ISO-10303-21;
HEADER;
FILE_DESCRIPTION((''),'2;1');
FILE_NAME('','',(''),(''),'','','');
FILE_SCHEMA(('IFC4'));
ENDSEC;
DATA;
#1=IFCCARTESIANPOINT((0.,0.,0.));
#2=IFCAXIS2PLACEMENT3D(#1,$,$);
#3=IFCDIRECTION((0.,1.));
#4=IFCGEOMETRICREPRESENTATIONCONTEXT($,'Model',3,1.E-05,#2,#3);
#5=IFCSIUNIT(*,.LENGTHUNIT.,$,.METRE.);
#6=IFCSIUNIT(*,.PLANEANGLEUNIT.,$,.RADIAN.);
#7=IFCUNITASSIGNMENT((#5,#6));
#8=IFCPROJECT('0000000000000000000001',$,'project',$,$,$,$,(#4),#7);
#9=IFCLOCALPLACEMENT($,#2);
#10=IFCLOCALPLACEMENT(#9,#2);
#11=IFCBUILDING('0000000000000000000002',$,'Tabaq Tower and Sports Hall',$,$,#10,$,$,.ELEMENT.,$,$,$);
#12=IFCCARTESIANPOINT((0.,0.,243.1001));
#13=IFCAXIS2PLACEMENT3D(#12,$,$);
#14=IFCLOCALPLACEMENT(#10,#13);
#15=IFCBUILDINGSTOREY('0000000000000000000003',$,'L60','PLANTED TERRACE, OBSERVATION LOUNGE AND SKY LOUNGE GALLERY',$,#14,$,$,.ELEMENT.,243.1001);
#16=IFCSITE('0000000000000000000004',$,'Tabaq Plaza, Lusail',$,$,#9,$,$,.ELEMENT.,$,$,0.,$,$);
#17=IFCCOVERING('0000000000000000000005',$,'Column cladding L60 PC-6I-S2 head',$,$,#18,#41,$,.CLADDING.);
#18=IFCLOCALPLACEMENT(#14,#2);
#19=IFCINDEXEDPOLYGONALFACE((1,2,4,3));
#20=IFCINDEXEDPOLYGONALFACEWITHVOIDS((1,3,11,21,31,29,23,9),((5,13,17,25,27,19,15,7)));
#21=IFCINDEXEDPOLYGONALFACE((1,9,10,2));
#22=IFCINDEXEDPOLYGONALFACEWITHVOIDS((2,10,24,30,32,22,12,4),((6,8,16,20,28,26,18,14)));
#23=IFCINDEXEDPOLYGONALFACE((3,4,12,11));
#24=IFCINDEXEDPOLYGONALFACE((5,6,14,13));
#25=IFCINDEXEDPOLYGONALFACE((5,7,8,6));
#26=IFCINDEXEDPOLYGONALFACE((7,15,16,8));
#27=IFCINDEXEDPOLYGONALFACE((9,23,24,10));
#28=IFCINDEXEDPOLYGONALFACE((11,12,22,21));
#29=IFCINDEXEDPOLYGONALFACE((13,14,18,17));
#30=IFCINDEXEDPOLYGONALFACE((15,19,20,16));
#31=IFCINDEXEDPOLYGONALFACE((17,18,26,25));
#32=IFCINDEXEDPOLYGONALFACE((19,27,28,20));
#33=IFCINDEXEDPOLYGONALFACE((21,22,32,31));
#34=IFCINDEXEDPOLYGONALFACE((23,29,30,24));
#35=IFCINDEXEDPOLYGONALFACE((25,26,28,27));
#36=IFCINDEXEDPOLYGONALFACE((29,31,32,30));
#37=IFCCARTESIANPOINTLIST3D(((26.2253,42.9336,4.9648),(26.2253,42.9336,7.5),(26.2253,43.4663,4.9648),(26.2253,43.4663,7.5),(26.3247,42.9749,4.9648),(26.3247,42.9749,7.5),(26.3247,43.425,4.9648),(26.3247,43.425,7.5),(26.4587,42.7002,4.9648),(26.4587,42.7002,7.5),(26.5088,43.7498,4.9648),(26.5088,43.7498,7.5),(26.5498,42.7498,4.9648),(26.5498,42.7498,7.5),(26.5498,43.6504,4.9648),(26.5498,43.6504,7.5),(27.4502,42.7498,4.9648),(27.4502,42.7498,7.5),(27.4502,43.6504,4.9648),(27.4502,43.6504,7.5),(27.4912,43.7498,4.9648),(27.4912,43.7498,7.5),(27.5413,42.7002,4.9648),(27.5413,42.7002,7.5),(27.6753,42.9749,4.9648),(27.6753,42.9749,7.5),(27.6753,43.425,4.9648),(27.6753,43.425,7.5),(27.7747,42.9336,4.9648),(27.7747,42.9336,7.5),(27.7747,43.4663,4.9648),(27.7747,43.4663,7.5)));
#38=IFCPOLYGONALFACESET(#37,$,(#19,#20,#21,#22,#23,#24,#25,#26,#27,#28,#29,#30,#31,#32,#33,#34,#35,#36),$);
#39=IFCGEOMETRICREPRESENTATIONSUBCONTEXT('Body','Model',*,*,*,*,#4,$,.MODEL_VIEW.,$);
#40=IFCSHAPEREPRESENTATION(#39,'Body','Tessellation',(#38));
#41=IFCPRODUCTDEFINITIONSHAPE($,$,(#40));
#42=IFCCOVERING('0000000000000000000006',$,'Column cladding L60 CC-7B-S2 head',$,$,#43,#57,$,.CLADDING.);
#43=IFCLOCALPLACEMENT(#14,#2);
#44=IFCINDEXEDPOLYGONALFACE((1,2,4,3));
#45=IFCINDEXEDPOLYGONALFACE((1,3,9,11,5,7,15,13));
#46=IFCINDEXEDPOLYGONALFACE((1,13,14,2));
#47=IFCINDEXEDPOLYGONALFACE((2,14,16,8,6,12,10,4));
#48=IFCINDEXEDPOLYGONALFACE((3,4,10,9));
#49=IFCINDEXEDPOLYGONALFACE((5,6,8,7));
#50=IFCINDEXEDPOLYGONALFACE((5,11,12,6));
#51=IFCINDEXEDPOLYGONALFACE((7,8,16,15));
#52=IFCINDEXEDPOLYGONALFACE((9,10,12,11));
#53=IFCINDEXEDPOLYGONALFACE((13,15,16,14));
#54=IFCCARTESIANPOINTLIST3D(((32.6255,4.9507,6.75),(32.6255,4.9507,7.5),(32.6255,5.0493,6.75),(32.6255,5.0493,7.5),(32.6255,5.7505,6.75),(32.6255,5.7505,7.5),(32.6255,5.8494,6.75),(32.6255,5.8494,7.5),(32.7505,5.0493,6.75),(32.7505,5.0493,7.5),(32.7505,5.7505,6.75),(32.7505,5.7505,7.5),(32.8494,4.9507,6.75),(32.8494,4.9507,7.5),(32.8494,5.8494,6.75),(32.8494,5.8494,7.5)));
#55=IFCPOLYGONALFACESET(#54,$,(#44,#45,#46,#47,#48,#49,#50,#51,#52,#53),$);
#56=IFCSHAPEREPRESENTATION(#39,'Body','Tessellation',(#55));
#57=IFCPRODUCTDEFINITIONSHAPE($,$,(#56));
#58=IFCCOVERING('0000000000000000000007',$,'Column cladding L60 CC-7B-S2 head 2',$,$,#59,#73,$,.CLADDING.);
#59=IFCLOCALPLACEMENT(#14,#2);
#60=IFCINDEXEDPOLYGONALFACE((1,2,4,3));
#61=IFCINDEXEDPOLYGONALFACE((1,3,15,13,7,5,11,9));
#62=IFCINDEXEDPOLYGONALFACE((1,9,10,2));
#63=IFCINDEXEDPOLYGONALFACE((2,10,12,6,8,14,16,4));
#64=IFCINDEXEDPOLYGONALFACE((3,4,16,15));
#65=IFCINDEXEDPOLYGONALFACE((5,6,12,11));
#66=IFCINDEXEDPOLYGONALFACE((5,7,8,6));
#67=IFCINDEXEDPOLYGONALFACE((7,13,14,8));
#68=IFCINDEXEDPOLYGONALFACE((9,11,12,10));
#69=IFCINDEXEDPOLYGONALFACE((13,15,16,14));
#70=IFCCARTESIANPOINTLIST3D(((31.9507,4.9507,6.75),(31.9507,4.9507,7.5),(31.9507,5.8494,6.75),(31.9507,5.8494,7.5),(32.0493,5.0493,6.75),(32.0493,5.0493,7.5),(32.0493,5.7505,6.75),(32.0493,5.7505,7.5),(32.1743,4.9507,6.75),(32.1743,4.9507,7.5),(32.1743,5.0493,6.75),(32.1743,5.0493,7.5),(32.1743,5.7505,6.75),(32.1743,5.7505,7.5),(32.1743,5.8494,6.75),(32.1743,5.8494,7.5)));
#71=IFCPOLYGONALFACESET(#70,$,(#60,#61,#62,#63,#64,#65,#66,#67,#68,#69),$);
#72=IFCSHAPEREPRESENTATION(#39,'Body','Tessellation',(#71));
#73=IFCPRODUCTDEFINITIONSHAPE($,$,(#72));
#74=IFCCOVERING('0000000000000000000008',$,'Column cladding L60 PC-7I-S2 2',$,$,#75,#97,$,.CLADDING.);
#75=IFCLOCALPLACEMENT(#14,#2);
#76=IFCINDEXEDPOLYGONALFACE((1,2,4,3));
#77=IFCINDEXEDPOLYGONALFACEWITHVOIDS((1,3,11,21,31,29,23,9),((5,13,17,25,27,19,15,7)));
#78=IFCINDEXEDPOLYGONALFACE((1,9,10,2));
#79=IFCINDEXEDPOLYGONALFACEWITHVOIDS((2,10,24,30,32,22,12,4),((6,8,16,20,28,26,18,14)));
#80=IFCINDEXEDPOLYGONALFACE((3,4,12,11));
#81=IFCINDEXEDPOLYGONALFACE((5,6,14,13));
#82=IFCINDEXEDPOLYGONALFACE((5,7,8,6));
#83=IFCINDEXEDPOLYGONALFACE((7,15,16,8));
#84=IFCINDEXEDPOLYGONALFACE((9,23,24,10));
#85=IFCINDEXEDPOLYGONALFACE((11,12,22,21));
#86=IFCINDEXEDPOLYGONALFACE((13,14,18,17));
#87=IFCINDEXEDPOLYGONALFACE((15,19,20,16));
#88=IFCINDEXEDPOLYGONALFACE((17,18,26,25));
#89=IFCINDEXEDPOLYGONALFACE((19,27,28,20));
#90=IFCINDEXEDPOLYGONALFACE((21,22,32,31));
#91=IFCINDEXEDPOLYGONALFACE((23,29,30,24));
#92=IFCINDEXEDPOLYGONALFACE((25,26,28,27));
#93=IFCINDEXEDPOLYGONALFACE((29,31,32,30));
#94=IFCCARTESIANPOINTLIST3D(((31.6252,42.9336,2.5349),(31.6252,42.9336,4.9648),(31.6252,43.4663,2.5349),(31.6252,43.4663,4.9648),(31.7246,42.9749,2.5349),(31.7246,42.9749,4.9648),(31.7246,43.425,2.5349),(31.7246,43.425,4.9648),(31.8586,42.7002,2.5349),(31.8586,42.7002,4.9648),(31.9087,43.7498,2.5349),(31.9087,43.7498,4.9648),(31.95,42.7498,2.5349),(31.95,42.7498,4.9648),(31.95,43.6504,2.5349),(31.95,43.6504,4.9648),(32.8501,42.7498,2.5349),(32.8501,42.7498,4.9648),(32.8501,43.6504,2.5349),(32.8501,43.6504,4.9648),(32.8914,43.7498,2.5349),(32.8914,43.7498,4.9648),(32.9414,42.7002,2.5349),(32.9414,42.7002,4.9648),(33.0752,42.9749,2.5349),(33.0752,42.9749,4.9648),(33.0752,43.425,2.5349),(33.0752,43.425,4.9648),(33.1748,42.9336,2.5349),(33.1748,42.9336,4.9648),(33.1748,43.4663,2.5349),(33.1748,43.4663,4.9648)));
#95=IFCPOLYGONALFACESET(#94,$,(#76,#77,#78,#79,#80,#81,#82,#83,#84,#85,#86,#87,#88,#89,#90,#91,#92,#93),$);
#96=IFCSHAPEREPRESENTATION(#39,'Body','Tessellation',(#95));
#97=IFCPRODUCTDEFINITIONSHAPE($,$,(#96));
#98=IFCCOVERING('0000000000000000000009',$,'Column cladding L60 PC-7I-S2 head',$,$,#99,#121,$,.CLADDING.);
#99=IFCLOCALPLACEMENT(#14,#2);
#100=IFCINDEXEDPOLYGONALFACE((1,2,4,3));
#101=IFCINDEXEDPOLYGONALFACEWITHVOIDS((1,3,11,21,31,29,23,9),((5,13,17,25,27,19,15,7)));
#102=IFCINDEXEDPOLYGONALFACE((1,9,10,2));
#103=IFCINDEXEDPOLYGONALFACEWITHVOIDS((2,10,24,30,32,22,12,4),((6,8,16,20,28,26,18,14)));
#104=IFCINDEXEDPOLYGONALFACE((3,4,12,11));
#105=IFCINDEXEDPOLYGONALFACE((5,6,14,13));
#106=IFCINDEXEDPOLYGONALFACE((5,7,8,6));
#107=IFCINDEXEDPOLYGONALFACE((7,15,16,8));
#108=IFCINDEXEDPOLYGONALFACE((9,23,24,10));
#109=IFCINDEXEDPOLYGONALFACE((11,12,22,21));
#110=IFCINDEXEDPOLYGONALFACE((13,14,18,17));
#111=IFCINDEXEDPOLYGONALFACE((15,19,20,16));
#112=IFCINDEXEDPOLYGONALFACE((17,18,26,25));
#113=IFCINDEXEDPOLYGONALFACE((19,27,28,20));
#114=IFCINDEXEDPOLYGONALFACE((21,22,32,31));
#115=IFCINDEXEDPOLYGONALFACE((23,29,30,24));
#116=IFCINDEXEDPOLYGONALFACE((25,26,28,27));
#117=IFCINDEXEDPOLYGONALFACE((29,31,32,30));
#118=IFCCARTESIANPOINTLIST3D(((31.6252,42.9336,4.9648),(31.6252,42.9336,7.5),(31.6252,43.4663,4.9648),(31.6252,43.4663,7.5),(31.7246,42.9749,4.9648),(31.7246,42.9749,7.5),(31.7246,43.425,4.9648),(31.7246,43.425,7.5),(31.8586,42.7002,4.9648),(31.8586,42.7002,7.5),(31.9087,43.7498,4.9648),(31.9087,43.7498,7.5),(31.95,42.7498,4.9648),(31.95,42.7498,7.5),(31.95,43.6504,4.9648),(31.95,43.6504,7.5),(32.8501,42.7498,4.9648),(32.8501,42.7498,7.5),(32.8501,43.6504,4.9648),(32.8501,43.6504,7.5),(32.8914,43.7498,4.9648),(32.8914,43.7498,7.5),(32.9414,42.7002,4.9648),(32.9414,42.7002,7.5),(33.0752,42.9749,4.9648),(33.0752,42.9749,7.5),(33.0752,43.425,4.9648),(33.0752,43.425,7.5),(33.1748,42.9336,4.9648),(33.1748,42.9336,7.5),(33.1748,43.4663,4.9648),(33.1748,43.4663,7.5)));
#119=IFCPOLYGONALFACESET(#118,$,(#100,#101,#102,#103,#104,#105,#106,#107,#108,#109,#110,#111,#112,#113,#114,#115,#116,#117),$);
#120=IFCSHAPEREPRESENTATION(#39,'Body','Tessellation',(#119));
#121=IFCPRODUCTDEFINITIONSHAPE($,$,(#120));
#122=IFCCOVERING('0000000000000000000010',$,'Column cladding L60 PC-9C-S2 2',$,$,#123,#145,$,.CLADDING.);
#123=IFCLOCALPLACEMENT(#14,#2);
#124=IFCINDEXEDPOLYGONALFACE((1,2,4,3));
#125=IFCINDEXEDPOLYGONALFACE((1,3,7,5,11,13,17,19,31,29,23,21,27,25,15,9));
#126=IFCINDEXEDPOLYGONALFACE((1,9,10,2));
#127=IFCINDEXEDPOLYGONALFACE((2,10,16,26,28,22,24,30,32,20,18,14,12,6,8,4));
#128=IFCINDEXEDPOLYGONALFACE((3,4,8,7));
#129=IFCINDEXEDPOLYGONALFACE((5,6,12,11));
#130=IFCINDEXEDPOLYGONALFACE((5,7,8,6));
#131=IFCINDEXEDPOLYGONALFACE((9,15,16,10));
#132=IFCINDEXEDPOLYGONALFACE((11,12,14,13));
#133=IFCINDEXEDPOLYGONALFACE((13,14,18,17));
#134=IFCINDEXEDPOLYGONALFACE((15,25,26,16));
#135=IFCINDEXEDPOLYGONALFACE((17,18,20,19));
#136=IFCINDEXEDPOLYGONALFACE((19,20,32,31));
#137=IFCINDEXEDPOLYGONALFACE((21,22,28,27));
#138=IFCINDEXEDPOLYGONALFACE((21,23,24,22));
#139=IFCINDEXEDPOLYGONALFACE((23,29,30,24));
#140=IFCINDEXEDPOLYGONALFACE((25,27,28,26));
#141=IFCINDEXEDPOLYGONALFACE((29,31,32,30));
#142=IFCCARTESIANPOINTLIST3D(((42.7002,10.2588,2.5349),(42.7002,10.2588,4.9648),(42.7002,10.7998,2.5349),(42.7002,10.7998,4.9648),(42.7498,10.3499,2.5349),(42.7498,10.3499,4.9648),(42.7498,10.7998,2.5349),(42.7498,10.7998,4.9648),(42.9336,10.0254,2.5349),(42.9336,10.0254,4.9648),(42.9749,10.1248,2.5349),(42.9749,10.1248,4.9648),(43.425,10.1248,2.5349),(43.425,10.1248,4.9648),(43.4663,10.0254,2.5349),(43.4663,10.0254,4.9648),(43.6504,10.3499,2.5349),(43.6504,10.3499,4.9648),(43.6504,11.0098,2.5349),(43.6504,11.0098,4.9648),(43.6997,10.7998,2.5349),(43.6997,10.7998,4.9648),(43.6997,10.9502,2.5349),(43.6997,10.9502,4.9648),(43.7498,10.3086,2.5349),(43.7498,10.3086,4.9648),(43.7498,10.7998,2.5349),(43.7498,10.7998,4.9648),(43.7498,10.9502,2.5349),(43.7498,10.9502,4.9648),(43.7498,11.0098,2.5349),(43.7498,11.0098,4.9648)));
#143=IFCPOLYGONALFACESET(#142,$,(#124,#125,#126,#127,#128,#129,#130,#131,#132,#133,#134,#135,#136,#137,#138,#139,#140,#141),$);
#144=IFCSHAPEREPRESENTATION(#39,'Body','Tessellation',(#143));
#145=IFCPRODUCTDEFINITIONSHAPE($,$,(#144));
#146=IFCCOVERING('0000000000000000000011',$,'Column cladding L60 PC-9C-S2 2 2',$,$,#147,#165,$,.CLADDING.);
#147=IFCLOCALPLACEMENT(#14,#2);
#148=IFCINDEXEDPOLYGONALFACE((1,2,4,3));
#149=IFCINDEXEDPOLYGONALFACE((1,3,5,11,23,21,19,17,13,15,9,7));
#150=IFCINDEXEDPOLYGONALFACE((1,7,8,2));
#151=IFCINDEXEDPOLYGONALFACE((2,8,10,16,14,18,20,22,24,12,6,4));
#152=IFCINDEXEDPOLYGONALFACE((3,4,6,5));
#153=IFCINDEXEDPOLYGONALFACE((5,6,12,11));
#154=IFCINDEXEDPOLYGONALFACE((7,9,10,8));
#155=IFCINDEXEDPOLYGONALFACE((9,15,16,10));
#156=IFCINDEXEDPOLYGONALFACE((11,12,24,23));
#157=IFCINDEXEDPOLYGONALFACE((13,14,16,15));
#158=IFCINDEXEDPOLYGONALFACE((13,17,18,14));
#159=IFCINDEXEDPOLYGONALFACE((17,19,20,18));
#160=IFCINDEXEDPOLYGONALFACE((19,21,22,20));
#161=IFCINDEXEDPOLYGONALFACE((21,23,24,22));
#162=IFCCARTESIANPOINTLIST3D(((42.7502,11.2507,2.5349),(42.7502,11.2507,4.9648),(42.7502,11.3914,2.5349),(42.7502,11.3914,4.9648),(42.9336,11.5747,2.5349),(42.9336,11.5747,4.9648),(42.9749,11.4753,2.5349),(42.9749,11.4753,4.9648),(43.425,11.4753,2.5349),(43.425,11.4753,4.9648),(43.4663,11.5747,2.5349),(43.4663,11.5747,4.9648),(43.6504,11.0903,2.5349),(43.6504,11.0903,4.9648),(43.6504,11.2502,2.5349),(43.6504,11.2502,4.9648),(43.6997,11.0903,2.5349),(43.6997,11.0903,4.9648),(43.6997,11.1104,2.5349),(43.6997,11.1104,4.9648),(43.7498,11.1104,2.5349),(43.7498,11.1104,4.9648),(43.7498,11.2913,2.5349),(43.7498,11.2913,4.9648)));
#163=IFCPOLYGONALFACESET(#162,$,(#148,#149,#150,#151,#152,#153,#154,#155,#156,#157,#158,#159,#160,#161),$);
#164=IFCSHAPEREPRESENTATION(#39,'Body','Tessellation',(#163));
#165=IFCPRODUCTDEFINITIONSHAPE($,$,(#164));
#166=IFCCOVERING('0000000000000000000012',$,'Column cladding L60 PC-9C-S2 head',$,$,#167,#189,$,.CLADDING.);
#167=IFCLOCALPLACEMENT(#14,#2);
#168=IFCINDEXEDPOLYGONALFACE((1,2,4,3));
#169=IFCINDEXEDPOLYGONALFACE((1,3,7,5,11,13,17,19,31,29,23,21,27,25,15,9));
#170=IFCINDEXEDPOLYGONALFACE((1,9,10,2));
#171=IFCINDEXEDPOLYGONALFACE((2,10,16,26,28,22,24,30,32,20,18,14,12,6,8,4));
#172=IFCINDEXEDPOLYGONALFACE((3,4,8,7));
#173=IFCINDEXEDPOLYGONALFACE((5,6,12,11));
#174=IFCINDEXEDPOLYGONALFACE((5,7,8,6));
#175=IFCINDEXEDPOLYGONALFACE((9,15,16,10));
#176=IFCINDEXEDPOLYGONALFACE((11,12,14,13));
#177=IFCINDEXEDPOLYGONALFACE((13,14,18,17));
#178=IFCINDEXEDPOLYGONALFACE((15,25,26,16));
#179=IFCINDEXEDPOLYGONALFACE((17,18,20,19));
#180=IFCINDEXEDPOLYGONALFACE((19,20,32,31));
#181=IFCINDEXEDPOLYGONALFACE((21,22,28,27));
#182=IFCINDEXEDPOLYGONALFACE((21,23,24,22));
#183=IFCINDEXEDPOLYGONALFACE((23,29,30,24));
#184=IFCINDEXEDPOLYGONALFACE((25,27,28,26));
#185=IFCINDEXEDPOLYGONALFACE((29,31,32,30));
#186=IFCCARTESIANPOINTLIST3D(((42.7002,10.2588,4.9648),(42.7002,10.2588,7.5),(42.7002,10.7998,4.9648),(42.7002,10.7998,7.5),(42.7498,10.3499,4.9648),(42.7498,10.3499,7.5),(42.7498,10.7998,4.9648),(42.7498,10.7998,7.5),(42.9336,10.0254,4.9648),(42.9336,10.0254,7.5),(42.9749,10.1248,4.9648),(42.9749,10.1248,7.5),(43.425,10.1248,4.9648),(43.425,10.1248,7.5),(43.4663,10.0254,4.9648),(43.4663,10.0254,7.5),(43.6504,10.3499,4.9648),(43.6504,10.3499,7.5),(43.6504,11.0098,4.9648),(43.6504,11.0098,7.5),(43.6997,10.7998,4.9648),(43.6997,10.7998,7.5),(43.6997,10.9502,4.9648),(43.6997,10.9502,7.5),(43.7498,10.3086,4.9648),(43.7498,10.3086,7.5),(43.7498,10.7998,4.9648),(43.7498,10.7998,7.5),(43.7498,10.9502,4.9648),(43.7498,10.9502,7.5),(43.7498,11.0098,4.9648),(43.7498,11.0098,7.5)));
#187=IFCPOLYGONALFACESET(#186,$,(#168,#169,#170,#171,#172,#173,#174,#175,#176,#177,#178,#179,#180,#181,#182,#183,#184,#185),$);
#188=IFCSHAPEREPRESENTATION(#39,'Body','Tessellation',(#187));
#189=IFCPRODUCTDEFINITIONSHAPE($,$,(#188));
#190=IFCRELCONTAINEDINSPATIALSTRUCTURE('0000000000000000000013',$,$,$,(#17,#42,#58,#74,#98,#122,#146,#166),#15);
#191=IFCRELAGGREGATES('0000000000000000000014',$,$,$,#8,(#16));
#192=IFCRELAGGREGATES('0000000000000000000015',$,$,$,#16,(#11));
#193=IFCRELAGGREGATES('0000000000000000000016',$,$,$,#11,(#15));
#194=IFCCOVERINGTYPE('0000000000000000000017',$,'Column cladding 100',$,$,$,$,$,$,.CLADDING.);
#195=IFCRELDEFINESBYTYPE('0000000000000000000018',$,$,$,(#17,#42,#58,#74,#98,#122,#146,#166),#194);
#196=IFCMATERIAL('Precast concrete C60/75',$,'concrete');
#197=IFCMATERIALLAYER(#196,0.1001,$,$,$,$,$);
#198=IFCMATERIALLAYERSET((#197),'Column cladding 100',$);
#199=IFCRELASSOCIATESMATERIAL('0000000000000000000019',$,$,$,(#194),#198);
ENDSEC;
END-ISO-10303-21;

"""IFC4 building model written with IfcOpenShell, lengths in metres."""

from ifc_helpers import new_model, si_unit, direction, frame, origin, place, context, subcontext, project, spatial, polyline, outline, extrude, material, layer, layer_set, type_object, element, save


model = new_model("IFC4")

# Units and contexts
model_context = context("Model", 3, precision=1e-05, world=origin(), true_north=direction((0.0, 1.0)))
body_context = subcontext(model_context, "Body", "Model", "MODEL_VIEW")
ifc_project = project(units=[si_unit("LENGTHUNIT", "METRE"), si_unit("PLANEANGLEUNIT", "RADIAN")], contexts=[model_context])

# Site, building, storey
site_placement = place(None, origin())
site = spatial("IfcSite", under=ifc_project, at=site_placement, Name="Tabaq Plaza, Lusail", CompositionType="ELEMENT", RefElevation=0.0)
building_placement = place(site_placement, origin())
building = spatial("IfcBuilding", under=site, at=building_placement, Name="Tabaq Tower and Sports Hall", CompositionType="ELEMENT")
storey_placement = place(building_placement, frame((0.0, 0.0, 243.1001)))
storey = spatial("IfcBuildingStorey", under=building, at=storey_placement, Name="L60", Description="PLANTED TERRACE, OBSERVATION LOUNGE AND SKY LOUNGE GALLERY", CompositionType="ELEMENT", Elevation=243.1001)

# Coverings
ifc_material_1 = material(Name="Precast concrete C60/75", Category="concrete")
ifc_layer_1 = layer(ifc_material_1, 0.1001)
ifc_layer_set_1 = layer_set([ifc_layer_1], Name="Column cladding 100")
covering_type = type_object("IfcCoveringType", Name="Column cladding 100", PredefinedType="CLADDING", material=ifc_layer_set_1)
covering_1_placement = place(storey_placement, frame((0.0, 0.0, 4.9648)))
element("IfcCovering", 1, at=covering_1_placement, inside=storey, type_object=covering_type, Name="Column cladding L60 PC-6I-S2 head", PredefinedType="CLADDING", context=body_context, shape_type="SweptSolid", body=[
    extrude(outline(polyline([(26.5088, 43.7498), (27.4912, 43.7498), (27.7747, 43.4663), (27.7747, 42.9336), (27.5413, 42.7002), (26.4587, 42.7002), (26.2253, 42.9336), (26.2253, 43.4663), (26.5088, 43.7498)]), holes=[polyline([(27.6753, 43.425), (27.4502, 43.6504), (26.5498, 43.6504), (26.3247, 43.425), (26.3247, 42.9749), (26.5498, 42.7498), (27.4502, 42.7498), (27.6753, 42.9749), (27.6753, 43.425)])]), origin(), (0.0, 0.0, 1.0), 2.5352),
])
covering_2_placement = place(storey_placement, frame((0.0, 0.0, 6.75)))
element("IfcCovering", 2, at=covering_2_placement, inside=storey, type_object=covering_type, Name="Column cladding L60 CC-7B-S2 head", PredefinedType="CLADDING", context=body_context, shape_type="SweptSolid", body=[
    extrude(outline(polyline([(32.6255, 5.0493), (32.7505, 5.0493), (32.7505, 5.7505), (32.6255, 5.7505), (32.6255, 5.8494), (32.8494, 5.8494), (32.8494, 4.9507), (32.6255, 4.9507), (32.6255, 5.0493)])), origin(), (0.0, 0.0, 1.0), 0.75),
])
covering_3_placement = place(storey_placement, frame((0.0, 0.0, 6.75)))
element("IfcCovering", 3, at=covering_3_placement, inside=storey, type_object=covering_type, Name="Column cladding L60 CC-7B-S2 head 2", PredefinedType="CLADDING", context=body_context, shape_type="SweptSolid", body=[
    extrude(outline(polyline([(32.1743, 5.0493), (32.1743, 4.9507), (31.9507, 4.9507), (31.9507, 5.8494), (32.1743, 5.8494), (32.1743, 5.7505), (32.0493, 5.7505), (32.0493, 5.0493), (32.1743, 5.0493)])), origin(), (0.0, 0.0, 1.0), 0.75),
])
covering_4_placement = place(storey_placement, frame((0.0, 0.0, 2.5349)))
element("IfcCovering", 4, at=covering_4_placement, inside=storey, type_object=covering_type, Name="Column cladding L60 PC-7I-S2 2", PredefinedType="CLADDING", context=body_context, shape_type="SweptSolid", body=[
    extrude(outline(polyline([(31.6252, 43.4663), (31.9087, 43.7498), (32.8914, 43.7498), (33.1748, 43.4663), (33.1748, 42.9336), (32.9414, 42.7002), (31.8586, 42.7002), (31.6252, 42.9336), (31.6252, 43.4663)]), holes=[polyline([(33.0752, 42.9749), (33.0752, 43.425), (32.8501, 43.6504), (31.95, 43.6504), (31.7246, 43.425), (31.7246, 42.9749), (31.95, 42.7498), (32.8501, 42.7498), (33.0752, 42.9749)])]), origin(), (0.0, 0.0, 1.0), 2.4299),
])
covering_5_placement = place(storey_placement, frame((0.0, 0.0, 4.9648)))
element("IfcCovering", 5, at=covering_5_placement, inside=storey, type_object=covering_type, Name="Column cladding L60 PC-7I-S2 head", PredefinedType="CLADDING", context=body_context, shape_type="SweptSolid", body=[
    extrude(outline(polyline([(31.9087, 43.7498), (32.8914, 43.7498), (33.1748, 43.4663), (33.1748, 42.9336), (32.9414, 42.7002), (31.8586, 42.7002), (31.6252, 42.9336), (31.6252, 43.4663), (31.9087, 43.7498)]), holes=[polyline([(33.0752, 43.425), (32.8501, 43.6504), (31.95, 43.6504), (31.7246, 43.425), (31.7246, 42.9749), (31.95, 42.7498), (32.8501, 42.7498), (33.0752, 42.9749), (33.0752, 43.425)])]), origin(), (0.0, 0.0, 1.0), 2.5352),
])
covering_6_placement = place(storey_placement, frame((0.0, 0.0, 2.5349)))
element("IfcCovering", 6, at=covering_6_placement, inside=storey, type_object=covering_type, Name="Column cladding L60 PC-9C-S2 2", PredefinedType="CLADDING", context=body_context, shape_type="SweptSolid", body=[
    extrude(outline(polyline([(42.9336, 10.0254), (42.7002, 10.2588), (42.7002, 10.7998), (42.7498, 10.7998), (42.7498, 10.3499), (42.9749, 10.1248), (43.425, 10.1248), (43.6504, 10.3499), (43.6504, 11.0098), (43.7498, 11.0098), (43.7498, 10.9502), (43.6997, 10.9502), (43.6997, 10.7998), (43.7498, 10.7998), (43.7498, 10.3086), (43.4663, 10.0254), (42.9336, 10.0254)])), origin(), (0.0, 0.0, 1.0), 2.4299),
])
covering_7_placement = place(storey_placement, frame((0.0, 0.0, 2.5349)))
element("IfcCovering", 7, at=covering_7_placement, inside=storey, type_object=covering_type, Name="Column cladding L60 PC-9C-S2 2 2", PredefinedType="CLADDING", context=body_context, shape_type="SweptSolid", body=[
    extrude(outline(polyline([(42.9336, 11.5747), (43.4663, 11.5747), (43.7498, 11.2913), (43.7498, 11.1104), (43.6997, 11.1104), (43.6997, 11.0903), (43.6504, 11.0903), (43.6504, 11.2502), (43.425, 11.4753), (42.9749, 11.4753), (42.7502, 11.2507), (42.7502, 11.3914), (42.9336, 11.5747)])), origin(), (0.0, 0.0, 1.0), 2.4299),
])
covering_8_placement = place(storey_placement, frame((0.0, 0.0, 4.9648)))
element("IfcCovering", 8, at=covering_8_placement, inside=storey, type_object=covering_type, Name="Column cladding L60 PC-9C-S2 head", PredefinedType="CLADDING", context=body_context, shape_type="SweptSolid", body=[
    extrude(outline(polyline([(42.7002, 10.2588), (42.7002, 10.7998), (42.7498, 10.7998), (42.7498, 10.3499), (42.9749, 10.1248), (43.425, 10.1248), (43.6504, 10.3499), (43.6504, 11.0098), (43.7498, 11.0098), (43.7498, 10.9502), (43.6997, 10.9502), (43.6997, 10.7998), (43.7498, 10.7998), (43.7498, 10.3086), (43.4663, 10.0254), (42.9336, 10.0254), (42.7002, 10.2588)])), origin(), (0.0, 0.0, 1.0), 2.5352),
])

save(model, "model.ifc")
